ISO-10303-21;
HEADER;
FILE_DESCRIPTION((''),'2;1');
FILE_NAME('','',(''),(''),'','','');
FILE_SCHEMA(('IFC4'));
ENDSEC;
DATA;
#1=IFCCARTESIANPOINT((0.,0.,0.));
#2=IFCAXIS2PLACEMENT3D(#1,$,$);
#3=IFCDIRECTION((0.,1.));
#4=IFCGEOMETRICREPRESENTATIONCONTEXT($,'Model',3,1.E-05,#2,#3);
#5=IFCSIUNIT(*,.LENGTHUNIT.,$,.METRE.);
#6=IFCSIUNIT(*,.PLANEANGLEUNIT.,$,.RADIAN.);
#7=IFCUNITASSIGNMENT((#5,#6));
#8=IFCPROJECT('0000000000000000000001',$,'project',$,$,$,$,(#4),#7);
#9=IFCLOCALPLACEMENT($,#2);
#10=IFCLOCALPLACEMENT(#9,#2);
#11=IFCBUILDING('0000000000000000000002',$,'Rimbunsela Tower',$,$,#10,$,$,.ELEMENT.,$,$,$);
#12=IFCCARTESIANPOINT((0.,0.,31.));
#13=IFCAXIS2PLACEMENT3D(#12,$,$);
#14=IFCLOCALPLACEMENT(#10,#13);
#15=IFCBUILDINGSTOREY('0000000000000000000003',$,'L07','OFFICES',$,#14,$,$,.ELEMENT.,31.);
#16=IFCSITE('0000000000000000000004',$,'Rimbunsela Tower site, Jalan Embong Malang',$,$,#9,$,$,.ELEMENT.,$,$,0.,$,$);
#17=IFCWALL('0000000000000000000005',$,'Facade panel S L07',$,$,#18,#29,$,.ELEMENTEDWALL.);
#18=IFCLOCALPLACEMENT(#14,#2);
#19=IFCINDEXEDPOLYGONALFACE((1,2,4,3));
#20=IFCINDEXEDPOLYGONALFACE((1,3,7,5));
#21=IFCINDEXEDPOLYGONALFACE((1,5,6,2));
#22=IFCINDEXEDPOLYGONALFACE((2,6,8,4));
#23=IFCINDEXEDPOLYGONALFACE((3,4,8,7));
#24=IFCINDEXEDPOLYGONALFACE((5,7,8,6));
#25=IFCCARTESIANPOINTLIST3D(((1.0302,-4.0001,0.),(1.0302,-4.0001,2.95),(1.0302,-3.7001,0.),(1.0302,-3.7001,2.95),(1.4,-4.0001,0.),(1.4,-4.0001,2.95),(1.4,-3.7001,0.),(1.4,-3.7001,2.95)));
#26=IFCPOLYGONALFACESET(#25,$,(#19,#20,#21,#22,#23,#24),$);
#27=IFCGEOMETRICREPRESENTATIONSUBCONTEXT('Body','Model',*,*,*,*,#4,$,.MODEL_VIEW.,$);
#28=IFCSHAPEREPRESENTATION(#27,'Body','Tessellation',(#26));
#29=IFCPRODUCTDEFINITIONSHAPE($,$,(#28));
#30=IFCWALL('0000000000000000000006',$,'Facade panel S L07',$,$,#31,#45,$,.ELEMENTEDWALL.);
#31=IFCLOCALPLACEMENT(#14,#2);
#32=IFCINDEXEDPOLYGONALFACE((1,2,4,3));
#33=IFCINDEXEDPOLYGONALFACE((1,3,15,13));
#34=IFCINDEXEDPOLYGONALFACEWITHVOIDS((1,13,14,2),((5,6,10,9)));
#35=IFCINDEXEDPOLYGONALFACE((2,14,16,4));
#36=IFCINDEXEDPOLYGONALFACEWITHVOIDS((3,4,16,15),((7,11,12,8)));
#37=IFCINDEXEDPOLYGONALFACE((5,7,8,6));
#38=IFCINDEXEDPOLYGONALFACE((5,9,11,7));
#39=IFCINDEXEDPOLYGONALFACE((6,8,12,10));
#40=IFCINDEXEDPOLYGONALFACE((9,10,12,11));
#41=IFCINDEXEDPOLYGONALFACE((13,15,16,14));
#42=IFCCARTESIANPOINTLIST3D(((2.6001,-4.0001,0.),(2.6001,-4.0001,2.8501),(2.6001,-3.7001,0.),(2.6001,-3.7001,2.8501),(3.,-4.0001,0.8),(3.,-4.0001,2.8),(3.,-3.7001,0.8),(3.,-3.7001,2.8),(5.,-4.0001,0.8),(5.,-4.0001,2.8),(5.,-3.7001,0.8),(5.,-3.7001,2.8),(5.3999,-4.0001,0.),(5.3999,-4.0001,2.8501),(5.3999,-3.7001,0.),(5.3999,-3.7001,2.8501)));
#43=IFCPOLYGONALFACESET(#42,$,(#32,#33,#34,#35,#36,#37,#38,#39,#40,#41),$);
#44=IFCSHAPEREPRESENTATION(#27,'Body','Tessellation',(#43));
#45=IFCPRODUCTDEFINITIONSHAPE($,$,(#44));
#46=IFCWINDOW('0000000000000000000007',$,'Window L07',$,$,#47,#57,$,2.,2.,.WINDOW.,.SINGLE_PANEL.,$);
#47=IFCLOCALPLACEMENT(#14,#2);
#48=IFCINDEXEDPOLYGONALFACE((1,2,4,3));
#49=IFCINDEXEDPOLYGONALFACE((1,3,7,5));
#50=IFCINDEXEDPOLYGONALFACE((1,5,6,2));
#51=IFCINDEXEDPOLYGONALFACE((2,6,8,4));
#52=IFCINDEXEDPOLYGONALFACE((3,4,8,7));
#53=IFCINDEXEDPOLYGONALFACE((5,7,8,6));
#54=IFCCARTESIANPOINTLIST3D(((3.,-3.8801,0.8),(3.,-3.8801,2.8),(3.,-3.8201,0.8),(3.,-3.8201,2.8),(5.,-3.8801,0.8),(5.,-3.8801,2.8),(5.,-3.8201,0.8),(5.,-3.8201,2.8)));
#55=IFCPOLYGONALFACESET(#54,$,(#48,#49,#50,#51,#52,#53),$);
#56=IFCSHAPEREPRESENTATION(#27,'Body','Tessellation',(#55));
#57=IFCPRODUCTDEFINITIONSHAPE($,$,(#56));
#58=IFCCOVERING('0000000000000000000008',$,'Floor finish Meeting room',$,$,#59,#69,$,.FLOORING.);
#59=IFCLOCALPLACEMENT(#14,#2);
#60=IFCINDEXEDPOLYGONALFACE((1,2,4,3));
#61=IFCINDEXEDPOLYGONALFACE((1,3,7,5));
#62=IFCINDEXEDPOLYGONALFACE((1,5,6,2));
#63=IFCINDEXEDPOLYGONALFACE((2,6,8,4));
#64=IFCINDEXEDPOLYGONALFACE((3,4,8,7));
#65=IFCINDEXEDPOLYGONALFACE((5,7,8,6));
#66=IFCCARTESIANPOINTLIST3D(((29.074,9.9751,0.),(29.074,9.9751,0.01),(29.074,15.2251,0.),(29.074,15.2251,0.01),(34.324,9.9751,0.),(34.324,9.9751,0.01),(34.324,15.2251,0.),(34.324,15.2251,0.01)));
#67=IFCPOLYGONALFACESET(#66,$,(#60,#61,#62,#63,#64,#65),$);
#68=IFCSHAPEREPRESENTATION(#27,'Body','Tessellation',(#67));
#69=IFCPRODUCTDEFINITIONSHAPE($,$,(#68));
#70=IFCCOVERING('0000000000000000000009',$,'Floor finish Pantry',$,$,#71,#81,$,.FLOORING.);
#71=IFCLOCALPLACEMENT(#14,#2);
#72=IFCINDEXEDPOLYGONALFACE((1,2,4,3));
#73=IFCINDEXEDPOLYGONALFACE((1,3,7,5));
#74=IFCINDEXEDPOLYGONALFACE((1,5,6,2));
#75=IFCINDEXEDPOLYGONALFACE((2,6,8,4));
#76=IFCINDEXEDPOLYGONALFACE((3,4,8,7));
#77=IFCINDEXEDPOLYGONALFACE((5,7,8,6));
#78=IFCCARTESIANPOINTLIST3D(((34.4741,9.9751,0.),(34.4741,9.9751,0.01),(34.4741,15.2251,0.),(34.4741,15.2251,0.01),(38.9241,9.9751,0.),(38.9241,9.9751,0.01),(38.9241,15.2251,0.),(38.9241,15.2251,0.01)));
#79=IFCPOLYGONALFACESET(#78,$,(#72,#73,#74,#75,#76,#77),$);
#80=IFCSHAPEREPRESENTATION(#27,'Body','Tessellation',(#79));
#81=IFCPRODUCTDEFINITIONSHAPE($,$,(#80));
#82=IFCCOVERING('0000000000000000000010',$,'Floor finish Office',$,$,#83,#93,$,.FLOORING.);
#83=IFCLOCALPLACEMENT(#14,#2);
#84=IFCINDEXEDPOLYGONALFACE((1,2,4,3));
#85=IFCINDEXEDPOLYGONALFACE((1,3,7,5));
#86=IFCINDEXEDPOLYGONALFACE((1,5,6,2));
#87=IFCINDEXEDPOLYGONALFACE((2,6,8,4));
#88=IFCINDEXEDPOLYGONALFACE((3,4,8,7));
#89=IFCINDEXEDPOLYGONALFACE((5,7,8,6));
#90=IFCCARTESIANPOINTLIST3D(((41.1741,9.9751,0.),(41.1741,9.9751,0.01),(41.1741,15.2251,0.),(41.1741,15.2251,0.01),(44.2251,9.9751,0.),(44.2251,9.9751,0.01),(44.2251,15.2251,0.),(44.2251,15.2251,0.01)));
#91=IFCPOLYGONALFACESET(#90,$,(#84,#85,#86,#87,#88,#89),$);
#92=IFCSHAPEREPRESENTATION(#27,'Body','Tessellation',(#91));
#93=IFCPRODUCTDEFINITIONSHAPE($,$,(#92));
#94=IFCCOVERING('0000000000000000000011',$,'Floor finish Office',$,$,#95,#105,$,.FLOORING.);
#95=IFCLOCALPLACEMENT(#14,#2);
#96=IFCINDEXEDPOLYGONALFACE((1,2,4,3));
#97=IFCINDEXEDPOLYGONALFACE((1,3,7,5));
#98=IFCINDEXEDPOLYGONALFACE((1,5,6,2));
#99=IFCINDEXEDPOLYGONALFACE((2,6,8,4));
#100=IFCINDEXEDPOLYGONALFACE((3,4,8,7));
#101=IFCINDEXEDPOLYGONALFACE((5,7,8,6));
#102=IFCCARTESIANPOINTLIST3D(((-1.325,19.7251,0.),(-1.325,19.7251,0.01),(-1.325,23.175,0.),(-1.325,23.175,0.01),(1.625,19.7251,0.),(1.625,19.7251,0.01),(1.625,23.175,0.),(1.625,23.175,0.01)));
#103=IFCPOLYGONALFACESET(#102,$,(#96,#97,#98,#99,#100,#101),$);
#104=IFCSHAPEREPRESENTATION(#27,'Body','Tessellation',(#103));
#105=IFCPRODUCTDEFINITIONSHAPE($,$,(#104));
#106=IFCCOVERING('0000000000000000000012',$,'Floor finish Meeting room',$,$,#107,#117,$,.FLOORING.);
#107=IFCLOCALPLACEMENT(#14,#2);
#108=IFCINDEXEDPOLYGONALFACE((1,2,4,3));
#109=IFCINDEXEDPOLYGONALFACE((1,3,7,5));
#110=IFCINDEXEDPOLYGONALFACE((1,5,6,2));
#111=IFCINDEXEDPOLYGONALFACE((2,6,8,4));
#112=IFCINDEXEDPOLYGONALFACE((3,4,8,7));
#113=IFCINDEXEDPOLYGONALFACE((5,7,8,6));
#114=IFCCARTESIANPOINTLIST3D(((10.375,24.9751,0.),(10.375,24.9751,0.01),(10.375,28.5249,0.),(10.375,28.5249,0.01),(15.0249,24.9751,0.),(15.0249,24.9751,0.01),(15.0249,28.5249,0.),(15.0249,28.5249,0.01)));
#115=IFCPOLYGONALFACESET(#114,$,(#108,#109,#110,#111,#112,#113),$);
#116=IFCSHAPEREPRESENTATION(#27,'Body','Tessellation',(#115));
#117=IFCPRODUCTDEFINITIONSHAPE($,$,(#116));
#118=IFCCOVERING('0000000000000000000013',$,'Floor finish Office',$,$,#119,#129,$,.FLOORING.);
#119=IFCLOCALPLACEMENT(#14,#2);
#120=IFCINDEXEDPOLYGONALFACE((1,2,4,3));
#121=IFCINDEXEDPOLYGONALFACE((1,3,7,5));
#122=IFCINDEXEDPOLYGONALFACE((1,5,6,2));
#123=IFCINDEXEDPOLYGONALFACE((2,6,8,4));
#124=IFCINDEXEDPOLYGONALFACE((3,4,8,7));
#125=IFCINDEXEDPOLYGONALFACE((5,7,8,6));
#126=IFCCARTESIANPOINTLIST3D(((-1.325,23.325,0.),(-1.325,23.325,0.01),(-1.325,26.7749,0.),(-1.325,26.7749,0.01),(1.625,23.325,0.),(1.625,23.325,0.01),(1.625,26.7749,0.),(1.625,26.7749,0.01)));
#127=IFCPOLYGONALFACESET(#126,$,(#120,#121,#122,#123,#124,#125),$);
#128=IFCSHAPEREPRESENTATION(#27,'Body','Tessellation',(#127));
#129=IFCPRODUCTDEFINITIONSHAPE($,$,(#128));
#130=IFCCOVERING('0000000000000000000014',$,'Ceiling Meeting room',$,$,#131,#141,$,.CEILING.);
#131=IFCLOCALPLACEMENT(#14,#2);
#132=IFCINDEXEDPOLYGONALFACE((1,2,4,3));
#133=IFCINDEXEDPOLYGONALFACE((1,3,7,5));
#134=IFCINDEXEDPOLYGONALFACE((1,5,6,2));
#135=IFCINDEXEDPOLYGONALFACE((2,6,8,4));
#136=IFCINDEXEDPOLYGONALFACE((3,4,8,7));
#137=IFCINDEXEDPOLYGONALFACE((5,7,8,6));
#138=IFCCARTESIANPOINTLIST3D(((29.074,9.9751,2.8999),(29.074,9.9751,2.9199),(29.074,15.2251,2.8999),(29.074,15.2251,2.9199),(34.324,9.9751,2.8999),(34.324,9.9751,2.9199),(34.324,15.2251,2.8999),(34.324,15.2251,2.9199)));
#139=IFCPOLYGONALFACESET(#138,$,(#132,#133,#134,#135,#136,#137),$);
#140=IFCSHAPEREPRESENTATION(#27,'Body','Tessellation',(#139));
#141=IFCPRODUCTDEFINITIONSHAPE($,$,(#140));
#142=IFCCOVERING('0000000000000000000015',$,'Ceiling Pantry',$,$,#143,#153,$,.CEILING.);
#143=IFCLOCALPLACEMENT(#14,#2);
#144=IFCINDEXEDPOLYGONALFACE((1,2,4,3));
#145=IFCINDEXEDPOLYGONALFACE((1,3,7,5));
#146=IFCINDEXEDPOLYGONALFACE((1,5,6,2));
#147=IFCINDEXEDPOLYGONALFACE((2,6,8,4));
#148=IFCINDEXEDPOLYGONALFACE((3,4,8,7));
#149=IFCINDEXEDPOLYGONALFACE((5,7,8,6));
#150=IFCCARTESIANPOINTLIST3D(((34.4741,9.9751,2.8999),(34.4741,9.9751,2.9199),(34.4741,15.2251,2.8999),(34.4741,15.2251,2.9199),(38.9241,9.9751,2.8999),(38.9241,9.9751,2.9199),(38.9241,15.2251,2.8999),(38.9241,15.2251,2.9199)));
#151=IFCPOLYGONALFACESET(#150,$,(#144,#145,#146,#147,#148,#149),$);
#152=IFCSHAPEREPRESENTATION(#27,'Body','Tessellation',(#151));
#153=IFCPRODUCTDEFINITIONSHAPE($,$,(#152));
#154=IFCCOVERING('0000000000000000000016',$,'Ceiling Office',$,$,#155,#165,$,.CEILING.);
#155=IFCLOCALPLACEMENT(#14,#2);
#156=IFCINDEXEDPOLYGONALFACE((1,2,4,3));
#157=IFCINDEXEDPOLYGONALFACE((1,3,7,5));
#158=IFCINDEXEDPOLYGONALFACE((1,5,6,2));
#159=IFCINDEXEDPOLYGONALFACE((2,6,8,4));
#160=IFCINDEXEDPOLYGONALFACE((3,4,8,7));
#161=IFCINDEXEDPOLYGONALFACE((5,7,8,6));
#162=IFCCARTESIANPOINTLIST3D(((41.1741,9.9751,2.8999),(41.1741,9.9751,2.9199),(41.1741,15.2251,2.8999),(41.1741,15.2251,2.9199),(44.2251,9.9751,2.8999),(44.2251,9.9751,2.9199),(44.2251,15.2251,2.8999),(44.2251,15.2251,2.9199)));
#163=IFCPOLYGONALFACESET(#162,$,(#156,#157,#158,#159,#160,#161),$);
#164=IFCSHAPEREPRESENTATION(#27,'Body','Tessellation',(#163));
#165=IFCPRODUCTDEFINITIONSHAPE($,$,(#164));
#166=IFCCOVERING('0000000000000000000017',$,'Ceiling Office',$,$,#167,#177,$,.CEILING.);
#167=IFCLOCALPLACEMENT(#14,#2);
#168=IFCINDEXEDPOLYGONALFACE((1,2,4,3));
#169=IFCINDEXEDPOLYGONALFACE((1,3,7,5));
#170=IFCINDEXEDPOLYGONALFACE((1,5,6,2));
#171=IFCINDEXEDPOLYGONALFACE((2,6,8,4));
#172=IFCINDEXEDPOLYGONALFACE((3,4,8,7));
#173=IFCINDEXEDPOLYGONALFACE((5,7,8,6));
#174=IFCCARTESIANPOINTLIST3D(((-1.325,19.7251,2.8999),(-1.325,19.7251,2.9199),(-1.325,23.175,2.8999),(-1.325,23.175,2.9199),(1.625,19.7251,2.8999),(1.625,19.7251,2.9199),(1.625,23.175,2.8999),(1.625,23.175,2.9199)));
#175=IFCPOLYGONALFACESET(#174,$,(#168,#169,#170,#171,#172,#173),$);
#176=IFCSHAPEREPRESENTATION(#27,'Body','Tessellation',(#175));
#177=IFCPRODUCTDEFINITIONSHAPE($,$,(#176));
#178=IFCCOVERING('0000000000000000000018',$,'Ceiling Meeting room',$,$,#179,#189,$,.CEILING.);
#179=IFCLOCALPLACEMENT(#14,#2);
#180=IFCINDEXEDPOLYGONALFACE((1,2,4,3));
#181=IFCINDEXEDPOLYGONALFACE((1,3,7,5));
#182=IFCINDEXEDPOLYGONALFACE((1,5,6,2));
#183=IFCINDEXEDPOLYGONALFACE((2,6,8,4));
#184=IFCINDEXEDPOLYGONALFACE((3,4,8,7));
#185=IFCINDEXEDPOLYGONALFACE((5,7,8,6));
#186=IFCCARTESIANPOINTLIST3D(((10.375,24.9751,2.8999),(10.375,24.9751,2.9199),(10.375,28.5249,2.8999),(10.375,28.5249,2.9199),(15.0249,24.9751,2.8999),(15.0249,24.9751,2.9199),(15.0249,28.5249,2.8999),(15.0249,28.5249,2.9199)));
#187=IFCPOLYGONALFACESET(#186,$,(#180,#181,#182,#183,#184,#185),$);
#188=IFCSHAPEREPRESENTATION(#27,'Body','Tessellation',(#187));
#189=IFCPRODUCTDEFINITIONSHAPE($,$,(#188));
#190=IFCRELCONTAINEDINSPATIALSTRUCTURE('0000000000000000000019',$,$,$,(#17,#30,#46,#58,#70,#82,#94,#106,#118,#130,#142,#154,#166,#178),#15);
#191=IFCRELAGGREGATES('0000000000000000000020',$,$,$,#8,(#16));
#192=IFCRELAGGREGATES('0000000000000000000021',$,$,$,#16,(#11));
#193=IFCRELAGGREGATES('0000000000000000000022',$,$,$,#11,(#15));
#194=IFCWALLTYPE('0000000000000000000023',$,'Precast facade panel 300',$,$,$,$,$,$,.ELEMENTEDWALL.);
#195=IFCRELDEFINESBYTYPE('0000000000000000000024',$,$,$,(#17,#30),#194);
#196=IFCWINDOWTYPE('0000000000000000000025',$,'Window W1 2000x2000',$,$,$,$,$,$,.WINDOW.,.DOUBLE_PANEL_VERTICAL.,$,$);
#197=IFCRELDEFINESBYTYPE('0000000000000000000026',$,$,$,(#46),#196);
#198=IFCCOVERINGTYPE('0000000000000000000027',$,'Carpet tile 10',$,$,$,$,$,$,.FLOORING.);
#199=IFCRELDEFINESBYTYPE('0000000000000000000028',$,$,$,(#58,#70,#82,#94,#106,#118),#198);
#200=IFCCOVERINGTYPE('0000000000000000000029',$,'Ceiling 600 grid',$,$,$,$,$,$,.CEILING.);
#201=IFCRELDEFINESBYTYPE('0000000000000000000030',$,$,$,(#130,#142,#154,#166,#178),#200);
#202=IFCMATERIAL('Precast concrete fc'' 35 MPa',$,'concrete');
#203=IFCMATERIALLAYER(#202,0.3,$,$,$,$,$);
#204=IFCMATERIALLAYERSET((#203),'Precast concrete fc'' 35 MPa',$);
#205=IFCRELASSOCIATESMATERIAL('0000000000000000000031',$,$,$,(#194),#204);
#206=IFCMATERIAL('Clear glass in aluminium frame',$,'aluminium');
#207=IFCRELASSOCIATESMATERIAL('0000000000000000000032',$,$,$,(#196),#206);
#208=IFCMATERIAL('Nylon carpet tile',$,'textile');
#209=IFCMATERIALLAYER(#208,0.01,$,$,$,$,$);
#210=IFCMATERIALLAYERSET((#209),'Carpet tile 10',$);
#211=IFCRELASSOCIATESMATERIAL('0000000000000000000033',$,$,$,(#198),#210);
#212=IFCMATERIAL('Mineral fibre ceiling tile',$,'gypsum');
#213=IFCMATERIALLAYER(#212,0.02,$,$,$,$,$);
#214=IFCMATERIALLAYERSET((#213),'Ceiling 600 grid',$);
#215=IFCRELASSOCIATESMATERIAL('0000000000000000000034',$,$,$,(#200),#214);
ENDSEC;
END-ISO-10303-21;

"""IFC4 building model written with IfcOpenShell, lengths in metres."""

from ifc_helpers import new_model, si_unit, direction, frame, frame_2d, origin, place, context, subcontext, project, spatial, polyline, rectangle, outline, extrude, material, layer, layer_set, type_object, element, fill, save


model = new_model("IFC4")

# Units and contexts
model_context = context("Model", 3, precision=1e-05, world=origin(), true_north=direction((0.0, 1.0)))
body_context = subcontext(model_context, "Body", "Model", "MODEL_VIEW")
ifc_project = project(units=[si_unit("LENGTHUNIT", "METRE"), si_unit("PLANEANGLEUNIT", "RADIAN")], contexts=[model_context])

# Site, building, storey
site_placement = place(None, origin())
site = spatial("IfcSite", under=ifc_project, at=site_placement, Name="Rimbunsela Tower site, Jalan Embong Malang", CompositionType="ELEMENT", RefElevation=0.0)
building_placement = place(site_placement, origin())
building = spatial("IfcBuilding", under=site, at=building_placement, Name="Rimbunsela Tower", CompositionType="ELEMENT")
storey_placement = place(building_placement, frame((0.0, 0.0, 31.0)))
storey = spatial("IfcBuildingStorey", under=building, at=storey_placement, Name="L07", Description="OFFICES", CompositionType="ELEMENT", Elevation=31.0)

# Wall
ifc_material_1 = material(Name="Precast concrete fc' 35 MPa", Category="concrete")
ifc_layer_1 = layer(ifc_material_1, 0.3)
ifc_layer_set_1 = layer_set([ifc_layer_1], Name="Precast concrete fc' 35 MPa")
wall_type = type_object("IfcWallType", Name="Precast facade panel 300", PredefinedType="ELEMENTEDWALL", material=ifc_layer_set_1)
wall_1_placement = place(storey_placement, frame((1.03, -3.8501, 0.0), z_axis=(0.0, 0.0, 1.0), x_axis=(1.0, 0.0, 0.0)))
element("IfcWall", 1, at=wall_1_placement, inside=storey, type_object=wall_type, Name="Facade panel S L07", PredefinedType="ELEMENTEDWALL", context=body_context, shape_type="SweptSolid", body=[
    extrude(rectangle(XDim=0.3699, YDim=0.3, at=frame_2d((0.1851, 0.0))), origin(), (0.0, 0.0, 1.0), 2.95),
])

# Wall, opening, window
wall_2_placement = place(storey_placement, frame((2.6001, -3.8501, 0.0), z_axis=(0.0, 0.0, 1.0), x_axis=(1.0, 0.0, 0.0)))
wall_2 = element("IfcWall", 2, at=wall_2_placement, inside=storey, type_object=wall_type, Name="Facade panel S L07", PredefinedType="ELEMENTEDWALL", context=body_context, shape_type="SweptSolid", body=[
    extrude(rectangle(XDim=2.7998, YDim=0.3, at=frame_2d((1.3999, 0.0))), origin(), (0.0, 0.0, 1.0), 2.8501),
])
opening_placement = place(wall_2_placement, frame((0.3999, 0.0, 0.8)))
opening = element("IfcOpeningElement", 3, at=opening_placement, cuts=wall_2, PredefinedType="OPENING", context=body_context, shape_type="SweptSolid", body=[
    extrude(rectangle(XDim=2.0, YDim=2.0, at=frame_2d((1.0, 1.0))), frame((0.0, 0.1599, 0.0), z_axis=(0.0, -1.0, 0.0), x_axis=(1.0, 0.0, 0.0)), (0.0, 0.0, 1.0), 0.3201),
])
ifc_material_2 = material(Name="Clear glass in aluminium frame", Category="aluminium")
window_type = type_object("IfcWindowType", Name="Window W1 2000x2000", PartitioningType="DOUBLE_PANEL_VERTICAL", PredefinedType="WINDOW", material=ifc_material_2)
window_placement = place(opening_placement, origin())
window = element("IfcWindow", 4, at=window_placement, inside=storey, type_object=window_type, Name="Window L07", OverallHeight=2.0, OverallWidth=2.0, PartitioningType="SINGLE_PANEL", PredefinedType="WINDOW", context=body_context, shape_type="SweptSolid", body=[
    extrude(rectangle(XDim=2.0, YDim=2.0, at=frame_2d((1.0, 1.0))), frame((0.0, 0.03, 0.0), z_axis=(0.0, -1.0, 0.0), x_axis=(1.0, 0.0, 0.0)), (0.0, 0.0, 1.0), 0.0601),
])
fill(opening, window)

# Coverings
ifc_material_3 = material(Name="Nylon carpet tile", Category="textile")
ifc_layer_2 = layer(ifc_material_3, 0.01)
ifc_layer_set_2 = layer_set([ifc_layer_2], Name="Carpet tile 10")
covering_type_1 = type_object("IfcCoveringType", Name="Carpet tile 10", PredefinedType="FLOORING", material=ifc_layer_set_2)
covering_1_placement = place(storey_placement, origin())
element("IfcCovering", 5, at=covering_1_placement, inside=storey, type_object=covering_type_1, Name="Floor finish Meeting room", PredefinedType="FLOORING", context=body_context, shape_type="SweptSolid", body=[
    extrude(outline(polyline([(34.324, 9.9751), (34.324, 15.2251), (29.074, 15.2251), (29.074, 9.9751), (34.324, 9.9751)])), origin(), (0.0, 0.0, 1.0), 0.01),
])
covering_2_placement = place(storey_placement, origin())
element("IfcCovering", 6, at=covering_2_placement, inside=storey, type_object=covering_type_1, Name="Floor finish Pantry", PredefinedType="FLOORING", context=body_context, shape_type="SweptSolid", body=[
    extrude(outline(polyline([(38.9241, 9.9751), (38.9241, 15.2251), (34.4741, 15.2251), (34.4741, 9.9751), (38.9241, 9.9751)])), origin(), (0.0, 0.0, 1.0), 0.01),
])
covering_3_placement = place(storey_placement, origin())
element("IfcCovering", 7, at=covering_3_placement, inside=storey, type_object=covering_type_1, Name="Floor finish Office", PredefinedType="FLOORING", context=body_context, shape_type="SweptSolid", body=[
    extrude(outline(polyline([(44.2251, 9.9751), (44.2251, 15.2251), (41.1741, 15.2251), (41.1741, 9.9751), (44.2251, 9.9751)])), origin(), (0.0, 0.0, 1.0), 0.01),
])
covering_4_placement = place(storey_placement, origin())
element("IfcCovering", 8, at=covering_4_placement, inside=storey, type_object=covering_type_1, Name="Floor finish Office", PredefinedType="FLOORING", context=body_context, shape_type="SweptSolid", body=[
    extrude(outline(polyline([(1.625, 19.7251), (1.625, 23.175), (-1.325, 23.175), (-1.325, 19.7251), (1.625, 19.7251)])), origin(), (0.0, 0.0, 1.0), 0.01),
])
covering_5_placement = place(storey_placement, origin())
element("IfcCovering", 9, at=covering_5_placement, inside=storey, type_object=covering_type_1, Name="Floor finish Meeting room", PredefinedType="FLOORING", context=body_context, shape_type="SweptSolid", body=[
    extrude(outline(polyline([(15.0249, 24.9751), (15.0249, 28.5249), (10.375, 28.5249), (10.375, 24.9751), (15.0249, 24.9751)])), origin(), (0.0, 0.0, 1.0), 0.01),
])
covering_6_placement = place(storey_placement, origin())
element("IfcCovering", 10, at=covering_6_placement, inside=storey, type_object=covering_type_1, Name="Floor finish Office", PredefinedType="FLOORING", context=body_context, shape_type="SweptSolid", body=[
    extrude(outline(polyline([(1.625, 23.325), (1.625, 26.7749), (-1.325, 26.7749), (-1.325, 23.325), (1.625, 23.325)])), origin(), (0.0, 0.0, 1.0), 0.01),
])
ifc_material_4 = material(Name="Mineral fibre ceiling tile", Category="gypsum")
ifc_layer_3 = layer(ifc_material_4, 0.02)
ifc_layer_set_3 = layer_set([ifc_layer_3], Name="Ceiling 600 grid")
covering_type_2 = type_object("IfcCoveringType", Name="Ceiling 600 grid", PredefinedType="CEILING", material=ifc_layer_set_3)
covering_7_placement = place(storey_placement, frame((0.0, 0.0, 2.8999)))
element("IfcCovering", 11, at=covering_7_placement, inside=storey, type_object=covering_type_2, Name="Ceiling Meeting room", PredefinedType="CEILING", context=body_context, shape_type="SweptSolid", body=[
    extrude(outline(polyline([(34.324, 9.9751), (34.324, 15.2251), (29.074, 15.2251), (29.074, 9.9751), (34.324, 9.9751)])), origin(), (0.0, 0.0, 1.0), 0.02),
])
covering_8_placement = place(storey_placement, frame((0.0, 0.0, 2.8999)))
element("IfcCovering", 12, at=covering_8_placement, inside=storey, type_object=covering_type_2, Name="Ceiling Pantry", PredefinedType="CEILING", context=body_context, shape_type="SweptSolid", body=[
    extrude(outline(polyline([(38.9241, 9.9751), (38.9241, 15.2251), (34.4741, 15.2251), (34.4741, 9.9751), (38.9241, 9.9751)])), origin(), (0.0, 0.0, 1.0), 0.02),
])
covering_9_placement = place(storey_placement, frame((0.0, 0.0, 2.8999)))
element("IfcCovering", 13, at=covering_9_placement, inside=storey, type_object=covering_type_2, Name="Ceiling Office", PredefinedType="CEILING", context=body_context, shape_type="SweptSolid", body=[
    extrude(outline(polyline([(44.2251, 9.9751), (44.2251, 15.2251), (41.1741, 15.2251), (41.1741, 9.9751), (44.2251, 9.9751)])), origin(), (0.0, 0.0, 1.0), 0.02),
])
covering_10_placement = place(storey_placement, frame((0.0, 0.0, 2.8999)))
element("IfcCovering", 14, at=covering_10_placement, inside=storey, type_object=covering_type_2, Name="Ceiling Office", PredefinedType="CEILING", context=body_context, shape_type="SweptSolid", body=[
    extrude(outline(polyline([(1.625, 19.7251), (1.625, 23.175), (-1.325, 23.175), (-1.325, 19.7251), (1.625, 19.7251)])), origin(), (0.0, 0.0, 1.0), 0.02),
])
covering_11_placement = place(storey_placement, frame((0.0, 0.0, 2.8999)))
element("IfcCovering", 15, at=covering_11_placement, inside=storey, type_object=covering_type_2, Name="Ceiling Meeting room", PredefinedType="CEILING", context=body_context, shape_type="SweptSolid", body=[
    extrude(outline(polyline([(15.0249, 24.9751), (15.0249, 28.5249), (10.375, 28.5249), (10.375, 24.9751), (15.0249, 24.9751)])), origin(), (0.0, 0.0, 1.0), 0.02),
])

save(model, "model.ifc")
